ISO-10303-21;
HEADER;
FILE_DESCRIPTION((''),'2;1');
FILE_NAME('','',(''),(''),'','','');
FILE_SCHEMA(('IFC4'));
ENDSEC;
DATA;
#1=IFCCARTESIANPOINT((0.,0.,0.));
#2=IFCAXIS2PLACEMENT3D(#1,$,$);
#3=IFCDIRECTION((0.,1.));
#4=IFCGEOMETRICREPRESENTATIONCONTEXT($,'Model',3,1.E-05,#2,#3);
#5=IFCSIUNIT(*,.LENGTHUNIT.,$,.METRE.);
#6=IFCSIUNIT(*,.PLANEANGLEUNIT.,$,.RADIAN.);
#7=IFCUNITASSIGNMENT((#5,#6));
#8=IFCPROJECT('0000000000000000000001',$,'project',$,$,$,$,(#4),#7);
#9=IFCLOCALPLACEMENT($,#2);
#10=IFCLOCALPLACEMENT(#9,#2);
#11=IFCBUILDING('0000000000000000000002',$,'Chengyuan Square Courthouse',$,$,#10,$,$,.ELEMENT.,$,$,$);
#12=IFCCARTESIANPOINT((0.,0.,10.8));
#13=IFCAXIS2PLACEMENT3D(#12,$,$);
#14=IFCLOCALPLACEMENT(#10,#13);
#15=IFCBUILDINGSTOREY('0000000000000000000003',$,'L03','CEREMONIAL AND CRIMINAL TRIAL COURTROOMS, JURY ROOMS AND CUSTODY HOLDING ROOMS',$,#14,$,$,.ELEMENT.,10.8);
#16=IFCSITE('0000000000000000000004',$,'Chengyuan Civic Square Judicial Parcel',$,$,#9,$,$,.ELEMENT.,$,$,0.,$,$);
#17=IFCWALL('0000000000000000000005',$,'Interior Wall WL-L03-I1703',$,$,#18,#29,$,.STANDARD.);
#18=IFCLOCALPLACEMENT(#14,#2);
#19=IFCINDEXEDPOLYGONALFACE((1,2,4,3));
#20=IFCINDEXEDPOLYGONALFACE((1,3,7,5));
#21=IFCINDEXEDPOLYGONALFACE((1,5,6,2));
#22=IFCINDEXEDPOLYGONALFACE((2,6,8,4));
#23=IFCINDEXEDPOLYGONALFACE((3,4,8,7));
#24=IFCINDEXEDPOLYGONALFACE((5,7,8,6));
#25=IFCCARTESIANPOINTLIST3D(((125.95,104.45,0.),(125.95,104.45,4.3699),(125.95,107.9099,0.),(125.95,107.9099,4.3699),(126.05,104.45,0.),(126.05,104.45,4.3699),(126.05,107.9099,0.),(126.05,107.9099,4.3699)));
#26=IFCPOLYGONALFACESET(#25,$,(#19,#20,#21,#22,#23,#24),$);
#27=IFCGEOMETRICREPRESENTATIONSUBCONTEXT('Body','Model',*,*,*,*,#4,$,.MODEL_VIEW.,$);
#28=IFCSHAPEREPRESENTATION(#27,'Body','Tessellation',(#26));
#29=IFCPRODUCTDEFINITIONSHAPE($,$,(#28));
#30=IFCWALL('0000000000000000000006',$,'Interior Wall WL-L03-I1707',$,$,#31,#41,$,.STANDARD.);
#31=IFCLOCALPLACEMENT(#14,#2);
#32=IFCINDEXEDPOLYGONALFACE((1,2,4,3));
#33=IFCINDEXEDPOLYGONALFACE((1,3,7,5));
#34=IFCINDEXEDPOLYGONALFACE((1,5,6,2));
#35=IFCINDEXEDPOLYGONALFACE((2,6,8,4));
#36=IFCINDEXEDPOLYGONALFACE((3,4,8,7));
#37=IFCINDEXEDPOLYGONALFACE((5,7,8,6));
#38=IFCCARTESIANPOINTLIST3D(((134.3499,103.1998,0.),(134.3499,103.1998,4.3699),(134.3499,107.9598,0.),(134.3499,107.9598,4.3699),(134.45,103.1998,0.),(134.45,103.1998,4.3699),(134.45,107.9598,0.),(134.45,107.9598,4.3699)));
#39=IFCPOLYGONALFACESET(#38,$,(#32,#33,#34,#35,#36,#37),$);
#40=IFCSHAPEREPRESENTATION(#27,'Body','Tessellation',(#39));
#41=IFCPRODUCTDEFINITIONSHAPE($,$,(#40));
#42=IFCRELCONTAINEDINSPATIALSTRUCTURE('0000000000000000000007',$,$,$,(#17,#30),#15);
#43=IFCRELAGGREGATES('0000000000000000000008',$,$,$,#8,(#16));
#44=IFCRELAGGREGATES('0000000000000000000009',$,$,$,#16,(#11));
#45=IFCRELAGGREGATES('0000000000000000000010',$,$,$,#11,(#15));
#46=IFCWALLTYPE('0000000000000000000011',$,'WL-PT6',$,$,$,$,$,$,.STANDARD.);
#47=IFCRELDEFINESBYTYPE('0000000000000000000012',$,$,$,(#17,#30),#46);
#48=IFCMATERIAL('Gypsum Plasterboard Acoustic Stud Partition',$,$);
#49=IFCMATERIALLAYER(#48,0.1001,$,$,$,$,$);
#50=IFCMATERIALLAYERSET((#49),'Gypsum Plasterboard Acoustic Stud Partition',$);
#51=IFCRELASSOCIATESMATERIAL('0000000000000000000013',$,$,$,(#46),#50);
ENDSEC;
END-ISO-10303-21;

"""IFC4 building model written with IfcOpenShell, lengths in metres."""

from ifc_helpers import new_model, si_unit, direction, frame, frame_2d, origin, place, context, subcontext, project, spatial, rectangle, extrude, material, layer, layer_set, type_object, element, save


model = new_model("IFC4")

# Units and contexts
model_context = context("Model", 3, precision=1e-05, world=origin(), true_north=direction((0.0, 1.0)))
body_context = subcontext(model_context, "Body", "Model", "MODEL_VIEW")
ifc_project = project(units=[si_unit("LENGTHUNIT", "METRE"), si_unit("PLANEANGLEUNIT", "RADIAN")], contexts=[model_context])

# Site, building, storey
site_placement = place(None, origin())
site = spatial("IfcSite", under=ifc_project, at=site_placement, Name="Chengyuan Civic Square Judicial Parcel", CompositionType="ELEMENT", RefElevation=0.0)
building_placement = place(site_placement, origin())
building = spatial("IfcBuilding", under=site, at=building_placement, Name="Chengyuan Square Courthouse", CompositionType="ELEMENT")
storey_placement = place(building_placement, frame((0.0, 0.0, 10.8)))
storey = spatial("IfcBuildingStorey", under=building, at=storey_placement, Name="L03", Description="CEREMONIAL AND CRIMINAL TRIAL COURTROOMS, JURY ROOMS AND CUSTODY HOLDING ROOMS", CompositionType="ELEMENT", Elevation=10.8)

# Shared definitions
ifc_material_1 = material(Name="Gypsum Plasterboard Acoustic Stud Partition")
ifc_layer_1 = layer(ifc_material_1, 0.1001)
ifc_layer_set_1 = layer_set([ifc_layer_1], Name="Gypsum Plasterboard Acoustic Stud Partition")
wall_type_1 = type_object("IfcWallType", Name="WL-PT6", PredefinedType="STANDARD", material=ifc_layer_set_1)

# Walls
wall_1_placement = place(storey_placement, frame((126.0, 104.45, 0.0), z_axis=(0.0, 0.0, 1.0), x_axis=(0.0, 1.0, 0.0)))
element("IfcWall", 1, at=wall_1_placement, inside=storey, type_object=wall_type_1, Name="Interior Wall WL-L03-I1703", PredefinedType="STANDARD", context=body_context, shape_type="SweptSolid", body=[
    extrude(rectangle(XDim=3.46, YDim=0.1001, at=frame_2d((1.73, 0.0))), origin(), (0.0, 0.0, 1.0), 4.3699),
])
wall_2_placement = place(storey_placement, frame((134.3999, 103.2, 0.0), z_axis=(0.0, 0.0, 1.0), x_axis=(0.0, 1.0, 0.0)))
element("IfcWall", 2, at=wall_2_placement, inside=storey, type_object=wall_type_1, Name="Interior Wall WL-L03-I1707", PredefinedType="STANDARD", context=body_context, shape_type="SweptSolid", body=[
    extrude(rectangle(XDim=4.76, YDim=0.1001, at=frame_2d((2.3799, 0.0))), origin(), (0.0, 0.0, 1.0), 4.3699),
])

save(model, "model.ifc")
